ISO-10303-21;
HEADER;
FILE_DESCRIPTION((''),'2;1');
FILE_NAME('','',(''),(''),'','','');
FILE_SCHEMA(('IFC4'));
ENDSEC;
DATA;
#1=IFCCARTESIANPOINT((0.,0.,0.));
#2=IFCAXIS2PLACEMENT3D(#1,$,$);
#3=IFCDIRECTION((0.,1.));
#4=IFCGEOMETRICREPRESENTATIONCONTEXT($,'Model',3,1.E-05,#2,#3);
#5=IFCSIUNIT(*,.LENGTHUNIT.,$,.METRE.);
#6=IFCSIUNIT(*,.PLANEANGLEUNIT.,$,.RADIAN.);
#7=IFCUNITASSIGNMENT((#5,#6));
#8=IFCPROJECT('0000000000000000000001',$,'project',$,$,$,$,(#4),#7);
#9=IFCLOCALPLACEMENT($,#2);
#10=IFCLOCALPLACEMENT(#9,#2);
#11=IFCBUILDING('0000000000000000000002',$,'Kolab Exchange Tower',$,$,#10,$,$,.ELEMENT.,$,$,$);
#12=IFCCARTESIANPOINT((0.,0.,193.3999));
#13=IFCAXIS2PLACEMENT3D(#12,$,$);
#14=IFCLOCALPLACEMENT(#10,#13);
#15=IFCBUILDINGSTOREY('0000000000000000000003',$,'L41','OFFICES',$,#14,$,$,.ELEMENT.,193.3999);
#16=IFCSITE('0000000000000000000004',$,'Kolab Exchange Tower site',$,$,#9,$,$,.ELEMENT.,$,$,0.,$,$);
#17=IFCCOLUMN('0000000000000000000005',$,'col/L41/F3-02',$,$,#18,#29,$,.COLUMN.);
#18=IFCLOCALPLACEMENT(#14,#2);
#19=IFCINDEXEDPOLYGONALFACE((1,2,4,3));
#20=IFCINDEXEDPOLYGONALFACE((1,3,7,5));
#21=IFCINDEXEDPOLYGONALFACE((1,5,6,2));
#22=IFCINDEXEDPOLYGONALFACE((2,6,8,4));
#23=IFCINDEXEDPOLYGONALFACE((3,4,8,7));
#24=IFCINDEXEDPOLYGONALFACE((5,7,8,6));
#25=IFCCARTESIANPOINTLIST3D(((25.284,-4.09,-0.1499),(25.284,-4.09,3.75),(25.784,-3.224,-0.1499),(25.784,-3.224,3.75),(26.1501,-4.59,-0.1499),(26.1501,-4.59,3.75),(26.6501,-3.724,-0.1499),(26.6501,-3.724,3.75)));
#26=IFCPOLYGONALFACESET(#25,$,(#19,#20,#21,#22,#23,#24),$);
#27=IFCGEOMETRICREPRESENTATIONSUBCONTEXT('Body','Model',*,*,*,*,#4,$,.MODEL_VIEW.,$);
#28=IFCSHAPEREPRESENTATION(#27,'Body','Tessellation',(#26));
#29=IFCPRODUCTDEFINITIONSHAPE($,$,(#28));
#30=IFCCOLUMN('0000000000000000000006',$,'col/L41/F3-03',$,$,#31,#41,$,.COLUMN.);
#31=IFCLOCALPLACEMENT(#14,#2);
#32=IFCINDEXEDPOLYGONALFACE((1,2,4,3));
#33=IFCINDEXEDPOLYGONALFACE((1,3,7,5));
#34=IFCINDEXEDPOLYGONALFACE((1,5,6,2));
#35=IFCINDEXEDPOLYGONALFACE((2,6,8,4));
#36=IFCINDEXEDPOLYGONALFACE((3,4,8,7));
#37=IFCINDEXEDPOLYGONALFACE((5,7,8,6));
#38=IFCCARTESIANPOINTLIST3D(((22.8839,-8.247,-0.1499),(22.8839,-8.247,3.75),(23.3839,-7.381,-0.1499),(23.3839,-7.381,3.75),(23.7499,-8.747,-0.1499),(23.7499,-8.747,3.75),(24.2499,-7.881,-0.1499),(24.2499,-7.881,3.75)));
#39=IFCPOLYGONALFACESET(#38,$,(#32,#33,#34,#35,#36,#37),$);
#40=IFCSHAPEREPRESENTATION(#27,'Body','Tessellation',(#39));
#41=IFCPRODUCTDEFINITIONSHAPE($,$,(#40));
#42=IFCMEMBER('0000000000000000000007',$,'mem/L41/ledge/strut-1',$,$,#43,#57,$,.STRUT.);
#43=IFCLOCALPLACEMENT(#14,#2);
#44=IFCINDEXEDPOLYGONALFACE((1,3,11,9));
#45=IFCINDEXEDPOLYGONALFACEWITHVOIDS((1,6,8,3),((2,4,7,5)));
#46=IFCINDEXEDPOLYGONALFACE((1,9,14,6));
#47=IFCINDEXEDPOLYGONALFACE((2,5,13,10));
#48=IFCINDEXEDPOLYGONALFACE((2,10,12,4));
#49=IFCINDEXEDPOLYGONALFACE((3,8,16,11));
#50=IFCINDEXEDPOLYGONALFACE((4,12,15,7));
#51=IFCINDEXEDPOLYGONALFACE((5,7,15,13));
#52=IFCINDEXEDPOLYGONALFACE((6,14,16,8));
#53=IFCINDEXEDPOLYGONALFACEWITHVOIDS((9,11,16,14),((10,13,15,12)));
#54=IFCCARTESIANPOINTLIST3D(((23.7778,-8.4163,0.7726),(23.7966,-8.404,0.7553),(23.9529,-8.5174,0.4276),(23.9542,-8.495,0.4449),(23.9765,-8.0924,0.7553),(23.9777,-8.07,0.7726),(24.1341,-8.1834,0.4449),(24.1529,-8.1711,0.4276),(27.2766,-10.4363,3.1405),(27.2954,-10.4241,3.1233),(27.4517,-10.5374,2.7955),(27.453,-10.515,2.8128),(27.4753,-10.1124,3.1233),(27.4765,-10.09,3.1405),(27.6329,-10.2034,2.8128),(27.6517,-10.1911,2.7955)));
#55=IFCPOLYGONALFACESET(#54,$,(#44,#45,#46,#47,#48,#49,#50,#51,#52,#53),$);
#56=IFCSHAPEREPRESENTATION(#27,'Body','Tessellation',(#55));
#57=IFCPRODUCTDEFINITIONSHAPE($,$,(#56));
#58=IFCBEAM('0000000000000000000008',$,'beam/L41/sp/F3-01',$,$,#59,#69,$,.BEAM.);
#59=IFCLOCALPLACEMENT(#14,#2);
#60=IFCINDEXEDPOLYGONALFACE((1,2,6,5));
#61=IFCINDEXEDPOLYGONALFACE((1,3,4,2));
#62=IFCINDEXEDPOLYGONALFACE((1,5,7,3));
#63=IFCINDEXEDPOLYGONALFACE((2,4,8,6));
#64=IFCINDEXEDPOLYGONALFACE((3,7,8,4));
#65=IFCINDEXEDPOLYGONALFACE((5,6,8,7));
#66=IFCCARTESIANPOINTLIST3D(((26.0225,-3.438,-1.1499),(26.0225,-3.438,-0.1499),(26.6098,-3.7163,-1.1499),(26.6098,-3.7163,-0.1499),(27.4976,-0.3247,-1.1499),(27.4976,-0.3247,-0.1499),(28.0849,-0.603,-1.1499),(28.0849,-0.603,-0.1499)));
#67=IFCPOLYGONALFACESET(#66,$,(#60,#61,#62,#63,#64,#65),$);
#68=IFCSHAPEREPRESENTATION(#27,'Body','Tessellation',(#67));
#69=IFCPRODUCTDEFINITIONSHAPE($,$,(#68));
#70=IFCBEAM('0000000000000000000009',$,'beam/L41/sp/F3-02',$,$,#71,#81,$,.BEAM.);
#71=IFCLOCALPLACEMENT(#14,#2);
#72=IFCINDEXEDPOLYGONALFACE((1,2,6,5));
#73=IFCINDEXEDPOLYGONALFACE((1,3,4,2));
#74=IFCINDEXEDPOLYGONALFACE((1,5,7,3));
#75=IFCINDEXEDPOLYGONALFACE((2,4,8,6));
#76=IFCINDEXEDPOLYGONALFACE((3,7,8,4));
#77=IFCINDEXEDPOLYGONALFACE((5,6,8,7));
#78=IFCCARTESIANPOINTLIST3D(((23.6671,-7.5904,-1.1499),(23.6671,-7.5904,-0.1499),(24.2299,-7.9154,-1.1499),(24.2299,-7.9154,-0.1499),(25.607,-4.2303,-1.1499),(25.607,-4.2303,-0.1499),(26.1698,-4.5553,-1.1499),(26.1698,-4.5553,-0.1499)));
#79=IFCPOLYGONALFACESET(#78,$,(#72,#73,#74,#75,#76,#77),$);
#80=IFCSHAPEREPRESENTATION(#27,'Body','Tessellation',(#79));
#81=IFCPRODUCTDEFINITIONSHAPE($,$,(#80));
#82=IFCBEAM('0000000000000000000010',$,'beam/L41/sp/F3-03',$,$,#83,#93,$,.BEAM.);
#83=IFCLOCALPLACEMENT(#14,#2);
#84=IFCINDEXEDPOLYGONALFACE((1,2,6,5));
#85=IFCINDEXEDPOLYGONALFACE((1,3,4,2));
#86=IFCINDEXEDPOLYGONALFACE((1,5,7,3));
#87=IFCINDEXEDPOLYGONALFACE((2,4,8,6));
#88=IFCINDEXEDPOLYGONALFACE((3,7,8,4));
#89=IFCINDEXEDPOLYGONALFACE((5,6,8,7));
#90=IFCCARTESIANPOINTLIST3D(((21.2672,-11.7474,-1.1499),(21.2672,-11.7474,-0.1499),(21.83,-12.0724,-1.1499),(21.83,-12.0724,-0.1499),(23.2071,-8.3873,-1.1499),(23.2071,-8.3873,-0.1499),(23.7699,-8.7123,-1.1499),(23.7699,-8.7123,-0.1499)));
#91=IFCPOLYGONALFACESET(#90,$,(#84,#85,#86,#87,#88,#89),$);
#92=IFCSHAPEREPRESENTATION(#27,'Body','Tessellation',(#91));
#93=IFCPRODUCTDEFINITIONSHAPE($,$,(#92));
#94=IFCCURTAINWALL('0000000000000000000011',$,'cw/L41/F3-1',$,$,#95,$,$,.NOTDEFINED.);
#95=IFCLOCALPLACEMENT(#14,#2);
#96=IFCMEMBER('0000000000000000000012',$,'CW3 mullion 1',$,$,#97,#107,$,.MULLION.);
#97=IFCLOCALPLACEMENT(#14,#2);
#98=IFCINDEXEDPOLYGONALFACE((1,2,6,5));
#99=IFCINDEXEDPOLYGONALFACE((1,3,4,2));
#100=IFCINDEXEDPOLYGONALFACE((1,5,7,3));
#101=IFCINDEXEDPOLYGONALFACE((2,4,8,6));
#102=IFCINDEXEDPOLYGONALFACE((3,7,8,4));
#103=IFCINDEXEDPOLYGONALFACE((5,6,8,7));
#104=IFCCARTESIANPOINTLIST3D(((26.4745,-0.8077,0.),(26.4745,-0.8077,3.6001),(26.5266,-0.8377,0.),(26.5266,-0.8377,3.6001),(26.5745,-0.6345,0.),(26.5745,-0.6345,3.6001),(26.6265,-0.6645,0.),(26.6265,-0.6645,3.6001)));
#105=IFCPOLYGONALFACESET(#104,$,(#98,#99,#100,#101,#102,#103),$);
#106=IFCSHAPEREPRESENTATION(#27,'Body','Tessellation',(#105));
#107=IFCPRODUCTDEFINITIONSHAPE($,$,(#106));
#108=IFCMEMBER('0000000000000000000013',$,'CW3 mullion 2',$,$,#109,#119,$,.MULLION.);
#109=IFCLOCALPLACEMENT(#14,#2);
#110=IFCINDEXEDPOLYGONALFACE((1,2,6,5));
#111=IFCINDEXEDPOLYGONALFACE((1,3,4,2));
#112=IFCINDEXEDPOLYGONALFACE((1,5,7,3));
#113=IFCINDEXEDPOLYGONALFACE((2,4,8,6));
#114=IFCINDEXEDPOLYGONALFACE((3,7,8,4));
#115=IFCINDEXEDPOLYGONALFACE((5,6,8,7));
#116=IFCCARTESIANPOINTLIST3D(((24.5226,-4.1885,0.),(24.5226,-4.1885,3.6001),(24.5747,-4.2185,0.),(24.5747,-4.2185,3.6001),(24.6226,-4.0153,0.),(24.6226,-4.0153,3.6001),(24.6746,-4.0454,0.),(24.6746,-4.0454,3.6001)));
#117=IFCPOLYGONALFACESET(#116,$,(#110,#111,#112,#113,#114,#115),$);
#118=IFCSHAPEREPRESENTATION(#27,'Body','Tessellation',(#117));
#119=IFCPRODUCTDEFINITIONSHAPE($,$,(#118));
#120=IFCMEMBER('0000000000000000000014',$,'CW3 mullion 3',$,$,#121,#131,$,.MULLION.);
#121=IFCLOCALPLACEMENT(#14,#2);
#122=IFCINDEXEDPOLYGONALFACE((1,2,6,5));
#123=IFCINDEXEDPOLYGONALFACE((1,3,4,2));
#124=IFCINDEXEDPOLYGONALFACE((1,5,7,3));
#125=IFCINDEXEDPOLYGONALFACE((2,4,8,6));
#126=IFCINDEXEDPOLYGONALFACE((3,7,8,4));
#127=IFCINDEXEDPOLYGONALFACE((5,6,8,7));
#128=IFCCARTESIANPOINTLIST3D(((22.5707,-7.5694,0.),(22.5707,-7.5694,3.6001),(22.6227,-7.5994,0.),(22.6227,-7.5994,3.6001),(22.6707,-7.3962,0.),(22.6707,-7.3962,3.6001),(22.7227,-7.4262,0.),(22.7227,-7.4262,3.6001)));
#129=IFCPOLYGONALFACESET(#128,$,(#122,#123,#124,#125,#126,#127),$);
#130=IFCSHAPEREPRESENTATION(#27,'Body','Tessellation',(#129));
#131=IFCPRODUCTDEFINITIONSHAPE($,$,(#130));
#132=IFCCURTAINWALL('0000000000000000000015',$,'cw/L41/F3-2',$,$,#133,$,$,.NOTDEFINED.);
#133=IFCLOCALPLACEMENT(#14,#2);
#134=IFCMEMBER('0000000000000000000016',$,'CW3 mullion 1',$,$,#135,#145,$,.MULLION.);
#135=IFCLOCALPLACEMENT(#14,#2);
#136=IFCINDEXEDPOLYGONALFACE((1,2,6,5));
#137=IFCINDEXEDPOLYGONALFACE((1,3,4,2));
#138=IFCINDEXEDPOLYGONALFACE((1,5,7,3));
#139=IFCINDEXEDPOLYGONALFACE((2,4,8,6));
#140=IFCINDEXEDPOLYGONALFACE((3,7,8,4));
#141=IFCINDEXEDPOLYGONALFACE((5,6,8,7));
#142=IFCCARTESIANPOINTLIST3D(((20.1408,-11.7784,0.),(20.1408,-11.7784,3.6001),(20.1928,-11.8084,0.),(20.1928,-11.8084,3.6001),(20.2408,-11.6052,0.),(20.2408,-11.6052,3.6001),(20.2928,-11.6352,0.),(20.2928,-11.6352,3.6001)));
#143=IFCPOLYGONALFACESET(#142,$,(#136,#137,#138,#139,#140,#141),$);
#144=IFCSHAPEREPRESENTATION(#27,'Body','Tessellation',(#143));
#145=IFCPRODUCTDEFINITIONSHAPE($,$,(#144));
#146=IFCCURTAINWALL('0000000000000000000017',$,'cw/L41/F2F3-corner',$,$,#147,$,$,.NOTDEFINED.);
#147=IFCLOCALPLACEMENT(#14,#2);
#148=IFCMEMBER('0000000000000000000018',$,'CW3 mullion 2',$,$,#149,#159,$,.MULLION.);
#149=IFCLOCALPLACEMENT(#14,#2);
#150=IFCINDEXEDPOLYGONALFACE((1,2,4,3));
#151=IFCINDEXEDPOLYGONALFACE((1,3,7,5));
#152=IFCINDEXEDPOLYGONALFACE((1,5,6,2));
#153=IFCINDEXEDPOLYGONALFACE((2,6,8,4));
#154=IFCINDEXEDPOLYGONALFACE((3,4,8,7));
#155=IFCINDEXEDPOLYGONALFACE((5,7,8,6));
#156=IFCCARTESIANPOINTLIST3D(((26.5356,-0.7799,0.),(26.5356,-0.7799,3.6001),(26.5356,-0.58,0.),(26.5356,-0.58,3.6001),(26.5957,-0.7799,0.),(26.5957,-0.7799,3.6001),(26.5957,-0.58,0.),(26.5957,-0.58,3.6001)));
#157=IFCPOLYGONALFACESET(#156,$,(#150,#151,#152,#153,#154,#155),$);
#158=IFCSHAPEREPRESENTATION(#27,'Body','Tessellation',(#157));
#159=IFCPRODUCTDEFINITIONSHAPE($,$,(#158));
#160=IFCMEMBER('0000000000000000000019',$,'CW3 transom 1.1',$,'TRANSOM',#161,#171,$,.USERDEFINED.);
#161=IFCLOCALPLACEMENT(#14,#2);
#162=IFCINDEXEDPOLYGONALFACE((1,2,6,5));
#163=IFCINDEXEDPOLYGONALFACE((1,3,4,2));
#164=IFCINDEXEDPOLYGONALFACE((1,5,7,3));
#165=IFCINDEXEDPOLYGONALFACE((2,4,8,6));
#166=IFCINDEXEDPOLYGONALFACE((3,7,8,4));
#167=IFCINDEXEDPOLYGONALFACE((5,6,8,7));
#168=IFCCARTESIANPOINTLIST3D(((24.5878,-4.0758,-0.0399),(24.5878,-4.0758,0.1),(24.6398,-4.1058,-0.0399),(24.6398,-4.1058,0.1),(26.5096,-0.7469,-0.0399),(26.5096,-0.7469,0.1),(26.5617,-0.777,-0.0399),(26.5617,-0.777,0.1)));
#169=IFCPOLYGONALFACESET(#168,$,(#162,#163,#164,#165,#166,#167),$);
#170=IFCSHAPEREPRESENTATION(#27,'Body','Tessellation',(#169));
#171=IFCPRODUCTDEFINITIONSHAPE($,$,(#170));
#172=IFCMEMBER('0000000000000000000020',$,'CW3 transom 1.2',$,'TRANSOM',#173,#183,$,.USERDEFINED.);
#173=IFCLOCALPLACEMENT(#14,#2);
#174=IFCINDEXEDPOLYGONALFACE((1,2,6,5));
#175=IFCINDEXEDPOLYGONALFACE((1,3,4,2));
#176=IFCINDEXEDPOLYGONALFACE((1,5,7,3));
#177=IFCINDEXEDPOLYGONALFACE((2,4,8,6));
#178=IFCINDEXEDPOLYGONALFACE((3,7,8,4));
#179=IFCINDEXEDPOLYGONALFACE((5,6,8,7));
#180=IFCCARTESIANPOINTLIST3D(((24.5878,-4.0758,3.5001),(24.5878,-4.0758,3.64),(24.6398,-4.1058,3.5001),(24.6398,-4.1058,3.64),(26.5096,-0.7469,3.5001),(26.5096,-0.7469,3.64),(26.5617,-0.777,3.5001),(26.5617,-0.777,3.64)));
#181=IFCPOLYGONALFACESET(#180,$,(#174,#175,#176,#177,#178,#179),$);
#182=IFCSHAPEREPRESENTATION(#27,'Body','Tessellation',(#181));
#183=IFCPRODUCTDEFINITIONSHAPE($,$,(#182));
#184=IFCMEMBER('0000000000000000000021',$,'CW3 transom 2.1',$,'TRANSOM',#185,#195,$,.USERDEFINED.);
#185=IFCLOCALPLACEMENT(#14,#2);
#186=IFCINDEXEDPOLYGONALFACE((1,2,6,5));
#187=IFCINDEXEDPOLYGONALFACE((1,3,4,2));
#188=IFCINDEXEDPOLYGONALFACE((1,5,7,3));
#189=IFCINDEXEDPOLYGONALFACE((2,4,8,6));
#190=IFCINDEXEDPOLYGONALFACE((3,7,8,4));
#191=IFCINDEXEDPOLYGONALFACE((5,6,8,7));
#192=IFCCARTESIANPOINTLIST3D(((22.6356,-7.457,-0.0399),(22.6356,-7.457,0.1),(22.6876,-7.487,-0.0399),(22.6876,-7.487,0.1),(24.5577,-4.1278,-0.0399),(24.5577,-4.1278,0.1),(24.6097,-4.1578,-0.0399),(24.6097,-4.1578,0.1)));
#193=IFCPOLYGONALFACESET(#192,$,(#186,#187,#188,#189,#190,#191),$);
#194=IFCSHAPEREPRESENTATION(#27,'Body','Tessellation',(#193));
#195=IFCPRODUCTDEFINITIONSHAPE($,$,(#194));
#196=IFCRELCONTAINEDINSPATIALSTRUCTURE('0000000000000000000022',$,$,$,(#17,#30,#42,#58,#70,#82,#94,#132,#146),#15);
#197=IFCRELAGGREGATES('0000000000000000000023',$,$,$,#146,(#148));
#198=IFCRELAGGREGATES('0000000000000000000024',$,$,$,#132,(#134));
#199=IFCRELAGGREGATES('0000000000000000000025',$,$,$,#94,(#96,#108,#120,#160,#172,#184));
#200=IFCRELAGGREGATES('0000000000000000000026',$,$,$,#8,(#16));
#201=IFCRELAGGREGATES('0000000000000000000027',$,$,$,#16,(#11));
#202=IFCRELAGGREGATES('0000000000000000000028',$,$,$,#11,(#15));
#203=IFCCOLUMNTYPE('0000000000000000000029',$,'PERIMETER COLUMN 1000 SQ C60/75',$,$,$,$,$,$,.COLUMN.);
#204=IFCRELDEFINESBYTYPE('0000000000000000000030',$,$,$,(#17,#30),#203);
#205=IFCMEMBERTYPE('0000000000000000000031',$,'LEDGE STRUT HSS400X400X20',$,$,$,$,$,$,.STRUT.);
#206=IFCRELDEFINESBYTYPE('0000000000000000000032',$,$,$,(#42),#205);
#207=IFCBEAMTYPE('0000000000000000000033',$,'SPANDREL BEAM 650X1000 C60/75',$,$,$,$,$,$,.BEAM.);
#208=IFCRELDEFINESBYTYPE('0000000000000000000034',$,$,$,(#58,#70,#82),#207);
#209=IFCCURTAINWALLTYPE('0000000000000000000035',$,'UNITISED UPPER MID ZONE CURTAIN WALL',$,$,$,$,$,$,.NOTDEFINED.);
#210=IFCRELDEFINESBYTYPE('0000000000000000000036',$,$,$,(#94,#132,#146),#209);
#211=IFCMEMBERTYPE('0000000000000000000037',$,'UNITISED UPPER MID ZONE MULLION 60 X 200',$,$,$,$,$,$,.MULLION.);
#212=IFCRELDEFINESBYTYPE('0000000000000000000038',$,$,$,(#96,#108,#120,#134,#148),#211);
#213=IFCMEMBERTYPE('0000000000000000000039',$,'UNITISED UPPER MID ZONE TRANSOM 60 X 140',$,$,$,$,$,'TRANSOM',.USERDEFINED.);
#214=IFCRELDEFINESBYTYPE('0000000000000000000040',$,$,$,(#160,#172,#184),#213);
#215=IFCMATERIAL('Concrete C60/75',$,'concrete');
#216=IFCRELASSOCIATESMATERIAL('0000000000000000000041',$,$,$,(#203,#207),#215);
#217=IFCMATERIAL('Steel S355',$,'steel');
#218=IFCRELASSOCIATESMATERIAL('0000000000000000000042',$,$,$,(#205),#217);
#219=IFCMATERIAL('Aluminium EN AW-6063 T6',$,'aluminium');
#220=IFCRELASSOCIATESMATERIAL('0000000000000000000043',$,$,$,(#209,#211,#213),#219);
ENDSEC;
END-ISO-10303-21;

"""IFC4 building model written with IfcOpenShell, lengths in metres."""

from ifc_helpers import new_model, si_unit, direction, frame, origin, origin_2d, place, context, subcontext, project, spatial, rectangle, hollow_rectangle, extrude, material, material_profile, profile_set, type_object, element, aggregate, save


model = new_model("IFC4")

# Units and contexts
model_context = context("Model", 3, precision=1e-05, world=origin(), true_north=direction((0.0, 1.0)))
body_context = subcontext(model_context, "Body", "Model", "MODEL_VIEW")
ifc_project = project(units=[si_unit("LENGTHUNIT", "METRE"), si_unit("PLANEANGLEUNIT", "RADIAN")], contexts=[model_context])

# Site, building, storey
site_placement = place(None, origin())
site = spatial("IfcSite", under=ifc_project, at=site_placement, Name="Kolab Exchange Tower site", CompositionType="ELEMENT", RefElevation=0.0)
building_placement = place(site_placement, origin())
building = spatial("IfcBuilding", under=site, at=building_placement, Name="Kolab Exchange Tower", CompositionType="ELEMENT")
storey_placement = place(building_placement, frame((0.0, 0.0, 193.3999)))
storey = spatial("IfcBuildingStorey", under=building, at=storey_placement, Name="L41", Description="OFFICES", CompositionType="ELEMENT", Elevation=193.3999)

# Columns
ifc_material_1 = material(Name="Concrete C60/75", Category="concrete")
ifc_material_profile_1 = material_profile(ifc_material_1, rectangle(XDim=1.0, YDim=1.0, at=origin_2d()), Name="RC1000")
ifc_profile_set_1 = profile_set([ifc_material_profile_1], Name="Concrete C60/75")
column_type = type_object("IfcColumnType", Name="PERIMETER COLUMN 1000 SQ C60/75", PredefinedType="COLUMN", material=ifc_profile_set_1)
for number, where, z_axis, x_axis, name in (
    (1, (25.967, -3.907, -0.1499), (0.0, 0.0, 1.0), (0.5, 0.866025, 0.0), "col/L41/F3-02"),
    (2, (23.5669, -8.064, -0.1499), (0.0, 0.0, 1.0), (0.5, 0.866025, 0.0), "col/L41/F3-03"),
):
    element("IfcColumn", number, at=place(storey_placement, frame(where, z_axis=z_axis, x_axis=x_axis)), inside=storey, type_object=column_type, Name=name, PredefinedType="COLUMN", context=body_context, shape_type="SweptSolid", body=[
        extrude(rectangle(XDim=1.0, YDim=1.0, at=origin_2d()), origin(), (0.0, 0.0, 1.0), 3.8999),
    ])

# Member
ifc_material_2 = material(Name="Steel S355", Category="steel")
ifc_material_profile_2 = material_profile(ifc_material_2, hollow_rectangle(XDim=0.3999, YDim=0.3999, WallThickness=0.02, at=origin_2d()), Name="HSS400X400X20")
ifc_profile_set_2 = profile_set([ifc_material_profile_2], Name="Steel S355")
member_type_1 = type_object("IfcMemberType", Name="LEDGE STRUT HSS400X400X20", PredefinedType="STRUT", material=ifc_profile_set_2)
member_1_placement = place(storey_placement, frame((23.9653, -8.2937, 0.6001), z_axis=(0.747149, -0.431366, 0.505659), x_axis=(0.5, 0.866026, 0.0)))
element("IfcMember", 3, at=member_1_placement, inside=storey, type_object=member_type_1, Name="mem/L41/ledge/strut-1", PredefinedType="STRUT", context=body_context, shape_type="SweptSolid", body=[
    extrude(hollow_rectangle(XDim=0.3999, YDim=0.3999, WallThickness=0.02, at=origin_2d()), origin(), (0.0, 0.0, 1.0), 4.6829),
])

# Beams
ifc_material_profile_3 = material_profile(ifc_material_1, rectangle(XDim=0.6499, YDim=1.0, at=origin_2d()), Name="RC650X1000")
ifc_profile_set_3 = profile_set([ifc_material_profile_3], Name="Concrete C60/75")
beam_type = type_object("IfcBeamType", Name="SPANDREL BEAM 650X1000 C60/75", PredefinedType="BEAM", material=ifc_profile_set_3)
beam_placement = place(storey_placement, frame((27.7913, -0.4639, -0.6499), z_axis=(-0.428178, -0.903695, 0.0), x_axis=(0.903695, -0.428178, 0.0)))
element("IfcBeam", 4, at=beam_placement, inside=storey, type_object=beam_type, Name="beam/L41/sp/F3-01", PredefinedType="BEAM", context=body_context, shape_type="SweptSolid", body=[
    extrude(rectangle(XDim=0.6499, YDim=1.0, at=origin_2d()), origin(), (0.0, 0.0, 1.0), 3.4451),
])
for number, where, z_axis, x_axis, name in (
    (5, (25.8884, -4.3928, -0.6499), (-0.499997, -0.866027, 0.0), (0.866027, -0.499997, 0.0), "beam/L41/sp/F3-02"),
    (6, (23.4885, -8.5498, -0.6499), (-0.499997, -0.866027, 0.0), (0.866027, -0.499997, 0.0), "beam/L41/sp/F3-03"),
):
    element("IfcBeam", number, at=place(storey_placement, frame(where, z_axis=z_axis, x_axis=x_axis)), inside=storey, type_object=beam_type, Name=name, PredefinedType="BEAM", context=body_context, shape_type="SweptSolid", body=[
        extrude(rectangle(XDim=0.6499, YDim=1.0, at=origin_2d()), origin(), (0.0, 0.0, 1.0), 3.8799),
    ])

# Curtain wall, members
ifc_material_3 = material(Name="Aluminium EN AW-6063 T6", Category="aluminium")
curtain_wall_type = type_object("IfcCurtainWallType", Name="UNITISED UPPER MID ZONE CURTAIN WALL", PredefinedType="NOTDEFINED", material=ifc_material_3)
curtain_wall_1_placement = place(storey_placement, origin())
curtain_wall_1 = element("IfcCurtainWall", 7, at=curtain_wall_1_placement, inside=storey, type_object=curtain_wall_type, Name="cw/L41/F3-1", PredefinedType="NOTDEFINED")
ifc_material_profile_4 = material_profile(ifc_material_3, rectangle(XDim=0.0601, YDim=0.2, at=origin_2d()), Name="RECT 60X200")
ifc_profile_set_4 = profile_set([ifc_material_profile_4], Name="Aluminium EN AW-6063 T6")
member_type_2 = type_object("IfcMemberType", Name="UNITISED UPPER MID ZONE MULLION 60 X 200", PredefinedType="MULLION", material=ifc_profile_set_4)
member_2_placement = place(storey_placement, frame((26.5505, -0.7361, 0.0), z_axis=(0.0, 0.0, 1.0), x_axis=(0.866025, -0.5, 0.0)))
member_2 = element("IfcMember", 8, at=member_2_placement, type_object=member_type_2, Name="CW3 mullion 1", PredefinedType="MULLION", context=body_context, shape_type="SweptSolid", body=[
    extrude(rectangle(XDim=0.0601, YDim=0.2, at=origin_2d()), origin(), (0.0, 0.0, 1.0), 3.6001),
])
member_3_placement = place(storey_placement, frame((24.5986, -4.1169, 0.0), z_axis=(0.0, 0.0, 1.0), x_axis=(0.866025, -0.5, 0.0)))
member_3 = element("IfcMember", 9, at=member_3_placement, type_object=member_type_2, Name="CW3 mullion 2", PredefinedType="MULLION", context=body_context, shape_type="SweptSolid", body=[
    extrude(rectangle(XDim=0.0601, YDim=0.2, at=origin_2d()), origin(), (0.0, 0.0, 1.0), 3.6001),
])
member_4_placement = place(storey_placement, frame((22.6467, -7.4978, 0.0), z_axis=(0.0, 0.0, 1.0), x_axis=(0.866025, -0.5, 0.0)))
member_4 = element("IfcMember", 10, at=member_4_placement, type_object=member_type_2, Name="CW3 mullion 3", PredefinedType="MULLION", context=body_context, shape_type="SweptSolid", body=[
    extrude(rectangle(XDim=0.0601, YDim=0.2, at=origin_2d()), origin(), (0.0, 0.0, 1.0), 3.6001),
])

# Curtain walls, members
curtain_wall_2_placement = place(storey_placement, origin())
curtain_wall_2 = element("IfcCurtainWall", 11, at=curtain_wall_2_placement, inside=storey, type_object=curtain_wall_type, Name="cw/L41/F3-2", PredefinedType="NOTDEFINED")
member_5_placement = place(storey_placement, frame((20.2168, -11.7068, 0.0), z_axis=(0.0, 0.0, 1.0), x_axis=(0.866025, -0.5, 0.0)))
member_5 = element("IfcMember", 12, at=member_5_placement, type_object=member_type_2, Name="CW3 mullion 1", PredefinedType="MULLION", context=body_context, shape_type="SweptSolid", body=[
    extrude(rectangle(XDim=0.0601, YDim=0.2, at=origin_2d()), origin(), (0.0, 0.0, 1.0), 3.6001),
])
curtain_wall_3_placement = place(storey_placement, origin())
curtain_wall_3 = element("IfcCurtainWall", 13, at=curtain_wall_3_placement, inside=storey, type_object=curtain_wall_type, Name="cw/L41/F2F3-corner", PredefinedType="NOTDEFINED")
member_6_placement = place(storey_placement, frame((26.5657, -0.6799, 0.0), z_axis=(0.0, 0.0, 1.0), x_axis=(1.0, 0.0, 0.0)))
member_6 = element("IfcMember", 14, at=member_6_placement, type_object=member_type_2, Name="CW3 mullion 2", PredefinedType="MULLION", context=body_context, shape_type="SweptSolid", body=[
    extrude(rectangle(XDim=0.0601, YDim=0.2, at=origin_2d()), origin(), (0.0, 0.0, 1.0), 3.6001),
])
aggregate(curtain_wall_3, [member_6])

# Members
ifc_material_profile_5 = material_profile(ifc_material_3, rectangle(XDim=0.0601, YDim=0.1399, at=origin_2d()), Name="RECT 60X140")
ifc_profile_set_5 = profile_set([ifc_material_profile_5], Name="Aluminium EN AW-6063 T6")
member_type_3 = type_object("IfcMemberType", Name="UNITISED UPPER MID ZONE TRANSOM 60 X 140", ElementType="TRANSOM", PredefinedType="USERDEFINED", material=ifc_profile_set_5)
member_7_placement = place(storey_placement, frame((26.5356, -0.762, 0.03), z_axis=(-0.499992, -0.86603, 0.0), x_axis=(0.86603, -0.499992, 0.0)))
member_7 = element("IfcMember", 15, at=member_7_placement, type_object=member_type_3, Name="CW3 transom 1.1", ObjectType="TRANSOM", PredefinedType="USERDEFINED", context=body_context, shape_type="SweptSolid", body=[
    extrude(rectangle(XDim=0.0601, YDim=0.1399, at=origin_2d()), origin(), (0.0, 0.0, 1.0), 3.8438),
])
member_8_placement = place(storey_placement, frame((26.5356, -0.762, 3.5701), z_axis=(-0.499992, -0.86603, 0.0), x_axis=(0.86603, -0.499992, 0.0)))
member_8 = element("IfcMember", 16, at=member_8_placement, type_object=member_type_3, Name="CW3 transom 1.2", ObjectType="TRANSOM", PredefinedType="USERDEFINED", context=body_context, shape_type="SweptSolid", body=[
    extrude(rectangle(XDim=0.0601, YDim=0.1399, at=origin_2d()), origin(), (0.0, 0.0, 1.0), 3.8438),
])
member_9_placement = place(storey_placement, frame((24.5837, -4.1428, 0.03), z_axis=(-0.500012, -0.866018, 0.0), x_axis=(0.866018, -0.500012, 0.0)))
member_9 = element("IfcMember", 17, at=member_9_placement, type_object=member_type_3, Name="CW3 transom 2.1", ObjectType="TRANSOM", PredefinedType="USERDEFINED", context=body_context, shape_type="SweptSolid", body=[
    extrude(rectangle(XDim=0.0601, YDim=0.1399, at=origin_2d()), origin(), (0.0, 0.0, 1.0), 3.8442),
])
aggregate(curtain_wall_2, [member_5])

aggregate(curtain_wall_1, [member_2, member_3, member_4, member_7, member_8, member_9])

save(model, "model.ifc")
